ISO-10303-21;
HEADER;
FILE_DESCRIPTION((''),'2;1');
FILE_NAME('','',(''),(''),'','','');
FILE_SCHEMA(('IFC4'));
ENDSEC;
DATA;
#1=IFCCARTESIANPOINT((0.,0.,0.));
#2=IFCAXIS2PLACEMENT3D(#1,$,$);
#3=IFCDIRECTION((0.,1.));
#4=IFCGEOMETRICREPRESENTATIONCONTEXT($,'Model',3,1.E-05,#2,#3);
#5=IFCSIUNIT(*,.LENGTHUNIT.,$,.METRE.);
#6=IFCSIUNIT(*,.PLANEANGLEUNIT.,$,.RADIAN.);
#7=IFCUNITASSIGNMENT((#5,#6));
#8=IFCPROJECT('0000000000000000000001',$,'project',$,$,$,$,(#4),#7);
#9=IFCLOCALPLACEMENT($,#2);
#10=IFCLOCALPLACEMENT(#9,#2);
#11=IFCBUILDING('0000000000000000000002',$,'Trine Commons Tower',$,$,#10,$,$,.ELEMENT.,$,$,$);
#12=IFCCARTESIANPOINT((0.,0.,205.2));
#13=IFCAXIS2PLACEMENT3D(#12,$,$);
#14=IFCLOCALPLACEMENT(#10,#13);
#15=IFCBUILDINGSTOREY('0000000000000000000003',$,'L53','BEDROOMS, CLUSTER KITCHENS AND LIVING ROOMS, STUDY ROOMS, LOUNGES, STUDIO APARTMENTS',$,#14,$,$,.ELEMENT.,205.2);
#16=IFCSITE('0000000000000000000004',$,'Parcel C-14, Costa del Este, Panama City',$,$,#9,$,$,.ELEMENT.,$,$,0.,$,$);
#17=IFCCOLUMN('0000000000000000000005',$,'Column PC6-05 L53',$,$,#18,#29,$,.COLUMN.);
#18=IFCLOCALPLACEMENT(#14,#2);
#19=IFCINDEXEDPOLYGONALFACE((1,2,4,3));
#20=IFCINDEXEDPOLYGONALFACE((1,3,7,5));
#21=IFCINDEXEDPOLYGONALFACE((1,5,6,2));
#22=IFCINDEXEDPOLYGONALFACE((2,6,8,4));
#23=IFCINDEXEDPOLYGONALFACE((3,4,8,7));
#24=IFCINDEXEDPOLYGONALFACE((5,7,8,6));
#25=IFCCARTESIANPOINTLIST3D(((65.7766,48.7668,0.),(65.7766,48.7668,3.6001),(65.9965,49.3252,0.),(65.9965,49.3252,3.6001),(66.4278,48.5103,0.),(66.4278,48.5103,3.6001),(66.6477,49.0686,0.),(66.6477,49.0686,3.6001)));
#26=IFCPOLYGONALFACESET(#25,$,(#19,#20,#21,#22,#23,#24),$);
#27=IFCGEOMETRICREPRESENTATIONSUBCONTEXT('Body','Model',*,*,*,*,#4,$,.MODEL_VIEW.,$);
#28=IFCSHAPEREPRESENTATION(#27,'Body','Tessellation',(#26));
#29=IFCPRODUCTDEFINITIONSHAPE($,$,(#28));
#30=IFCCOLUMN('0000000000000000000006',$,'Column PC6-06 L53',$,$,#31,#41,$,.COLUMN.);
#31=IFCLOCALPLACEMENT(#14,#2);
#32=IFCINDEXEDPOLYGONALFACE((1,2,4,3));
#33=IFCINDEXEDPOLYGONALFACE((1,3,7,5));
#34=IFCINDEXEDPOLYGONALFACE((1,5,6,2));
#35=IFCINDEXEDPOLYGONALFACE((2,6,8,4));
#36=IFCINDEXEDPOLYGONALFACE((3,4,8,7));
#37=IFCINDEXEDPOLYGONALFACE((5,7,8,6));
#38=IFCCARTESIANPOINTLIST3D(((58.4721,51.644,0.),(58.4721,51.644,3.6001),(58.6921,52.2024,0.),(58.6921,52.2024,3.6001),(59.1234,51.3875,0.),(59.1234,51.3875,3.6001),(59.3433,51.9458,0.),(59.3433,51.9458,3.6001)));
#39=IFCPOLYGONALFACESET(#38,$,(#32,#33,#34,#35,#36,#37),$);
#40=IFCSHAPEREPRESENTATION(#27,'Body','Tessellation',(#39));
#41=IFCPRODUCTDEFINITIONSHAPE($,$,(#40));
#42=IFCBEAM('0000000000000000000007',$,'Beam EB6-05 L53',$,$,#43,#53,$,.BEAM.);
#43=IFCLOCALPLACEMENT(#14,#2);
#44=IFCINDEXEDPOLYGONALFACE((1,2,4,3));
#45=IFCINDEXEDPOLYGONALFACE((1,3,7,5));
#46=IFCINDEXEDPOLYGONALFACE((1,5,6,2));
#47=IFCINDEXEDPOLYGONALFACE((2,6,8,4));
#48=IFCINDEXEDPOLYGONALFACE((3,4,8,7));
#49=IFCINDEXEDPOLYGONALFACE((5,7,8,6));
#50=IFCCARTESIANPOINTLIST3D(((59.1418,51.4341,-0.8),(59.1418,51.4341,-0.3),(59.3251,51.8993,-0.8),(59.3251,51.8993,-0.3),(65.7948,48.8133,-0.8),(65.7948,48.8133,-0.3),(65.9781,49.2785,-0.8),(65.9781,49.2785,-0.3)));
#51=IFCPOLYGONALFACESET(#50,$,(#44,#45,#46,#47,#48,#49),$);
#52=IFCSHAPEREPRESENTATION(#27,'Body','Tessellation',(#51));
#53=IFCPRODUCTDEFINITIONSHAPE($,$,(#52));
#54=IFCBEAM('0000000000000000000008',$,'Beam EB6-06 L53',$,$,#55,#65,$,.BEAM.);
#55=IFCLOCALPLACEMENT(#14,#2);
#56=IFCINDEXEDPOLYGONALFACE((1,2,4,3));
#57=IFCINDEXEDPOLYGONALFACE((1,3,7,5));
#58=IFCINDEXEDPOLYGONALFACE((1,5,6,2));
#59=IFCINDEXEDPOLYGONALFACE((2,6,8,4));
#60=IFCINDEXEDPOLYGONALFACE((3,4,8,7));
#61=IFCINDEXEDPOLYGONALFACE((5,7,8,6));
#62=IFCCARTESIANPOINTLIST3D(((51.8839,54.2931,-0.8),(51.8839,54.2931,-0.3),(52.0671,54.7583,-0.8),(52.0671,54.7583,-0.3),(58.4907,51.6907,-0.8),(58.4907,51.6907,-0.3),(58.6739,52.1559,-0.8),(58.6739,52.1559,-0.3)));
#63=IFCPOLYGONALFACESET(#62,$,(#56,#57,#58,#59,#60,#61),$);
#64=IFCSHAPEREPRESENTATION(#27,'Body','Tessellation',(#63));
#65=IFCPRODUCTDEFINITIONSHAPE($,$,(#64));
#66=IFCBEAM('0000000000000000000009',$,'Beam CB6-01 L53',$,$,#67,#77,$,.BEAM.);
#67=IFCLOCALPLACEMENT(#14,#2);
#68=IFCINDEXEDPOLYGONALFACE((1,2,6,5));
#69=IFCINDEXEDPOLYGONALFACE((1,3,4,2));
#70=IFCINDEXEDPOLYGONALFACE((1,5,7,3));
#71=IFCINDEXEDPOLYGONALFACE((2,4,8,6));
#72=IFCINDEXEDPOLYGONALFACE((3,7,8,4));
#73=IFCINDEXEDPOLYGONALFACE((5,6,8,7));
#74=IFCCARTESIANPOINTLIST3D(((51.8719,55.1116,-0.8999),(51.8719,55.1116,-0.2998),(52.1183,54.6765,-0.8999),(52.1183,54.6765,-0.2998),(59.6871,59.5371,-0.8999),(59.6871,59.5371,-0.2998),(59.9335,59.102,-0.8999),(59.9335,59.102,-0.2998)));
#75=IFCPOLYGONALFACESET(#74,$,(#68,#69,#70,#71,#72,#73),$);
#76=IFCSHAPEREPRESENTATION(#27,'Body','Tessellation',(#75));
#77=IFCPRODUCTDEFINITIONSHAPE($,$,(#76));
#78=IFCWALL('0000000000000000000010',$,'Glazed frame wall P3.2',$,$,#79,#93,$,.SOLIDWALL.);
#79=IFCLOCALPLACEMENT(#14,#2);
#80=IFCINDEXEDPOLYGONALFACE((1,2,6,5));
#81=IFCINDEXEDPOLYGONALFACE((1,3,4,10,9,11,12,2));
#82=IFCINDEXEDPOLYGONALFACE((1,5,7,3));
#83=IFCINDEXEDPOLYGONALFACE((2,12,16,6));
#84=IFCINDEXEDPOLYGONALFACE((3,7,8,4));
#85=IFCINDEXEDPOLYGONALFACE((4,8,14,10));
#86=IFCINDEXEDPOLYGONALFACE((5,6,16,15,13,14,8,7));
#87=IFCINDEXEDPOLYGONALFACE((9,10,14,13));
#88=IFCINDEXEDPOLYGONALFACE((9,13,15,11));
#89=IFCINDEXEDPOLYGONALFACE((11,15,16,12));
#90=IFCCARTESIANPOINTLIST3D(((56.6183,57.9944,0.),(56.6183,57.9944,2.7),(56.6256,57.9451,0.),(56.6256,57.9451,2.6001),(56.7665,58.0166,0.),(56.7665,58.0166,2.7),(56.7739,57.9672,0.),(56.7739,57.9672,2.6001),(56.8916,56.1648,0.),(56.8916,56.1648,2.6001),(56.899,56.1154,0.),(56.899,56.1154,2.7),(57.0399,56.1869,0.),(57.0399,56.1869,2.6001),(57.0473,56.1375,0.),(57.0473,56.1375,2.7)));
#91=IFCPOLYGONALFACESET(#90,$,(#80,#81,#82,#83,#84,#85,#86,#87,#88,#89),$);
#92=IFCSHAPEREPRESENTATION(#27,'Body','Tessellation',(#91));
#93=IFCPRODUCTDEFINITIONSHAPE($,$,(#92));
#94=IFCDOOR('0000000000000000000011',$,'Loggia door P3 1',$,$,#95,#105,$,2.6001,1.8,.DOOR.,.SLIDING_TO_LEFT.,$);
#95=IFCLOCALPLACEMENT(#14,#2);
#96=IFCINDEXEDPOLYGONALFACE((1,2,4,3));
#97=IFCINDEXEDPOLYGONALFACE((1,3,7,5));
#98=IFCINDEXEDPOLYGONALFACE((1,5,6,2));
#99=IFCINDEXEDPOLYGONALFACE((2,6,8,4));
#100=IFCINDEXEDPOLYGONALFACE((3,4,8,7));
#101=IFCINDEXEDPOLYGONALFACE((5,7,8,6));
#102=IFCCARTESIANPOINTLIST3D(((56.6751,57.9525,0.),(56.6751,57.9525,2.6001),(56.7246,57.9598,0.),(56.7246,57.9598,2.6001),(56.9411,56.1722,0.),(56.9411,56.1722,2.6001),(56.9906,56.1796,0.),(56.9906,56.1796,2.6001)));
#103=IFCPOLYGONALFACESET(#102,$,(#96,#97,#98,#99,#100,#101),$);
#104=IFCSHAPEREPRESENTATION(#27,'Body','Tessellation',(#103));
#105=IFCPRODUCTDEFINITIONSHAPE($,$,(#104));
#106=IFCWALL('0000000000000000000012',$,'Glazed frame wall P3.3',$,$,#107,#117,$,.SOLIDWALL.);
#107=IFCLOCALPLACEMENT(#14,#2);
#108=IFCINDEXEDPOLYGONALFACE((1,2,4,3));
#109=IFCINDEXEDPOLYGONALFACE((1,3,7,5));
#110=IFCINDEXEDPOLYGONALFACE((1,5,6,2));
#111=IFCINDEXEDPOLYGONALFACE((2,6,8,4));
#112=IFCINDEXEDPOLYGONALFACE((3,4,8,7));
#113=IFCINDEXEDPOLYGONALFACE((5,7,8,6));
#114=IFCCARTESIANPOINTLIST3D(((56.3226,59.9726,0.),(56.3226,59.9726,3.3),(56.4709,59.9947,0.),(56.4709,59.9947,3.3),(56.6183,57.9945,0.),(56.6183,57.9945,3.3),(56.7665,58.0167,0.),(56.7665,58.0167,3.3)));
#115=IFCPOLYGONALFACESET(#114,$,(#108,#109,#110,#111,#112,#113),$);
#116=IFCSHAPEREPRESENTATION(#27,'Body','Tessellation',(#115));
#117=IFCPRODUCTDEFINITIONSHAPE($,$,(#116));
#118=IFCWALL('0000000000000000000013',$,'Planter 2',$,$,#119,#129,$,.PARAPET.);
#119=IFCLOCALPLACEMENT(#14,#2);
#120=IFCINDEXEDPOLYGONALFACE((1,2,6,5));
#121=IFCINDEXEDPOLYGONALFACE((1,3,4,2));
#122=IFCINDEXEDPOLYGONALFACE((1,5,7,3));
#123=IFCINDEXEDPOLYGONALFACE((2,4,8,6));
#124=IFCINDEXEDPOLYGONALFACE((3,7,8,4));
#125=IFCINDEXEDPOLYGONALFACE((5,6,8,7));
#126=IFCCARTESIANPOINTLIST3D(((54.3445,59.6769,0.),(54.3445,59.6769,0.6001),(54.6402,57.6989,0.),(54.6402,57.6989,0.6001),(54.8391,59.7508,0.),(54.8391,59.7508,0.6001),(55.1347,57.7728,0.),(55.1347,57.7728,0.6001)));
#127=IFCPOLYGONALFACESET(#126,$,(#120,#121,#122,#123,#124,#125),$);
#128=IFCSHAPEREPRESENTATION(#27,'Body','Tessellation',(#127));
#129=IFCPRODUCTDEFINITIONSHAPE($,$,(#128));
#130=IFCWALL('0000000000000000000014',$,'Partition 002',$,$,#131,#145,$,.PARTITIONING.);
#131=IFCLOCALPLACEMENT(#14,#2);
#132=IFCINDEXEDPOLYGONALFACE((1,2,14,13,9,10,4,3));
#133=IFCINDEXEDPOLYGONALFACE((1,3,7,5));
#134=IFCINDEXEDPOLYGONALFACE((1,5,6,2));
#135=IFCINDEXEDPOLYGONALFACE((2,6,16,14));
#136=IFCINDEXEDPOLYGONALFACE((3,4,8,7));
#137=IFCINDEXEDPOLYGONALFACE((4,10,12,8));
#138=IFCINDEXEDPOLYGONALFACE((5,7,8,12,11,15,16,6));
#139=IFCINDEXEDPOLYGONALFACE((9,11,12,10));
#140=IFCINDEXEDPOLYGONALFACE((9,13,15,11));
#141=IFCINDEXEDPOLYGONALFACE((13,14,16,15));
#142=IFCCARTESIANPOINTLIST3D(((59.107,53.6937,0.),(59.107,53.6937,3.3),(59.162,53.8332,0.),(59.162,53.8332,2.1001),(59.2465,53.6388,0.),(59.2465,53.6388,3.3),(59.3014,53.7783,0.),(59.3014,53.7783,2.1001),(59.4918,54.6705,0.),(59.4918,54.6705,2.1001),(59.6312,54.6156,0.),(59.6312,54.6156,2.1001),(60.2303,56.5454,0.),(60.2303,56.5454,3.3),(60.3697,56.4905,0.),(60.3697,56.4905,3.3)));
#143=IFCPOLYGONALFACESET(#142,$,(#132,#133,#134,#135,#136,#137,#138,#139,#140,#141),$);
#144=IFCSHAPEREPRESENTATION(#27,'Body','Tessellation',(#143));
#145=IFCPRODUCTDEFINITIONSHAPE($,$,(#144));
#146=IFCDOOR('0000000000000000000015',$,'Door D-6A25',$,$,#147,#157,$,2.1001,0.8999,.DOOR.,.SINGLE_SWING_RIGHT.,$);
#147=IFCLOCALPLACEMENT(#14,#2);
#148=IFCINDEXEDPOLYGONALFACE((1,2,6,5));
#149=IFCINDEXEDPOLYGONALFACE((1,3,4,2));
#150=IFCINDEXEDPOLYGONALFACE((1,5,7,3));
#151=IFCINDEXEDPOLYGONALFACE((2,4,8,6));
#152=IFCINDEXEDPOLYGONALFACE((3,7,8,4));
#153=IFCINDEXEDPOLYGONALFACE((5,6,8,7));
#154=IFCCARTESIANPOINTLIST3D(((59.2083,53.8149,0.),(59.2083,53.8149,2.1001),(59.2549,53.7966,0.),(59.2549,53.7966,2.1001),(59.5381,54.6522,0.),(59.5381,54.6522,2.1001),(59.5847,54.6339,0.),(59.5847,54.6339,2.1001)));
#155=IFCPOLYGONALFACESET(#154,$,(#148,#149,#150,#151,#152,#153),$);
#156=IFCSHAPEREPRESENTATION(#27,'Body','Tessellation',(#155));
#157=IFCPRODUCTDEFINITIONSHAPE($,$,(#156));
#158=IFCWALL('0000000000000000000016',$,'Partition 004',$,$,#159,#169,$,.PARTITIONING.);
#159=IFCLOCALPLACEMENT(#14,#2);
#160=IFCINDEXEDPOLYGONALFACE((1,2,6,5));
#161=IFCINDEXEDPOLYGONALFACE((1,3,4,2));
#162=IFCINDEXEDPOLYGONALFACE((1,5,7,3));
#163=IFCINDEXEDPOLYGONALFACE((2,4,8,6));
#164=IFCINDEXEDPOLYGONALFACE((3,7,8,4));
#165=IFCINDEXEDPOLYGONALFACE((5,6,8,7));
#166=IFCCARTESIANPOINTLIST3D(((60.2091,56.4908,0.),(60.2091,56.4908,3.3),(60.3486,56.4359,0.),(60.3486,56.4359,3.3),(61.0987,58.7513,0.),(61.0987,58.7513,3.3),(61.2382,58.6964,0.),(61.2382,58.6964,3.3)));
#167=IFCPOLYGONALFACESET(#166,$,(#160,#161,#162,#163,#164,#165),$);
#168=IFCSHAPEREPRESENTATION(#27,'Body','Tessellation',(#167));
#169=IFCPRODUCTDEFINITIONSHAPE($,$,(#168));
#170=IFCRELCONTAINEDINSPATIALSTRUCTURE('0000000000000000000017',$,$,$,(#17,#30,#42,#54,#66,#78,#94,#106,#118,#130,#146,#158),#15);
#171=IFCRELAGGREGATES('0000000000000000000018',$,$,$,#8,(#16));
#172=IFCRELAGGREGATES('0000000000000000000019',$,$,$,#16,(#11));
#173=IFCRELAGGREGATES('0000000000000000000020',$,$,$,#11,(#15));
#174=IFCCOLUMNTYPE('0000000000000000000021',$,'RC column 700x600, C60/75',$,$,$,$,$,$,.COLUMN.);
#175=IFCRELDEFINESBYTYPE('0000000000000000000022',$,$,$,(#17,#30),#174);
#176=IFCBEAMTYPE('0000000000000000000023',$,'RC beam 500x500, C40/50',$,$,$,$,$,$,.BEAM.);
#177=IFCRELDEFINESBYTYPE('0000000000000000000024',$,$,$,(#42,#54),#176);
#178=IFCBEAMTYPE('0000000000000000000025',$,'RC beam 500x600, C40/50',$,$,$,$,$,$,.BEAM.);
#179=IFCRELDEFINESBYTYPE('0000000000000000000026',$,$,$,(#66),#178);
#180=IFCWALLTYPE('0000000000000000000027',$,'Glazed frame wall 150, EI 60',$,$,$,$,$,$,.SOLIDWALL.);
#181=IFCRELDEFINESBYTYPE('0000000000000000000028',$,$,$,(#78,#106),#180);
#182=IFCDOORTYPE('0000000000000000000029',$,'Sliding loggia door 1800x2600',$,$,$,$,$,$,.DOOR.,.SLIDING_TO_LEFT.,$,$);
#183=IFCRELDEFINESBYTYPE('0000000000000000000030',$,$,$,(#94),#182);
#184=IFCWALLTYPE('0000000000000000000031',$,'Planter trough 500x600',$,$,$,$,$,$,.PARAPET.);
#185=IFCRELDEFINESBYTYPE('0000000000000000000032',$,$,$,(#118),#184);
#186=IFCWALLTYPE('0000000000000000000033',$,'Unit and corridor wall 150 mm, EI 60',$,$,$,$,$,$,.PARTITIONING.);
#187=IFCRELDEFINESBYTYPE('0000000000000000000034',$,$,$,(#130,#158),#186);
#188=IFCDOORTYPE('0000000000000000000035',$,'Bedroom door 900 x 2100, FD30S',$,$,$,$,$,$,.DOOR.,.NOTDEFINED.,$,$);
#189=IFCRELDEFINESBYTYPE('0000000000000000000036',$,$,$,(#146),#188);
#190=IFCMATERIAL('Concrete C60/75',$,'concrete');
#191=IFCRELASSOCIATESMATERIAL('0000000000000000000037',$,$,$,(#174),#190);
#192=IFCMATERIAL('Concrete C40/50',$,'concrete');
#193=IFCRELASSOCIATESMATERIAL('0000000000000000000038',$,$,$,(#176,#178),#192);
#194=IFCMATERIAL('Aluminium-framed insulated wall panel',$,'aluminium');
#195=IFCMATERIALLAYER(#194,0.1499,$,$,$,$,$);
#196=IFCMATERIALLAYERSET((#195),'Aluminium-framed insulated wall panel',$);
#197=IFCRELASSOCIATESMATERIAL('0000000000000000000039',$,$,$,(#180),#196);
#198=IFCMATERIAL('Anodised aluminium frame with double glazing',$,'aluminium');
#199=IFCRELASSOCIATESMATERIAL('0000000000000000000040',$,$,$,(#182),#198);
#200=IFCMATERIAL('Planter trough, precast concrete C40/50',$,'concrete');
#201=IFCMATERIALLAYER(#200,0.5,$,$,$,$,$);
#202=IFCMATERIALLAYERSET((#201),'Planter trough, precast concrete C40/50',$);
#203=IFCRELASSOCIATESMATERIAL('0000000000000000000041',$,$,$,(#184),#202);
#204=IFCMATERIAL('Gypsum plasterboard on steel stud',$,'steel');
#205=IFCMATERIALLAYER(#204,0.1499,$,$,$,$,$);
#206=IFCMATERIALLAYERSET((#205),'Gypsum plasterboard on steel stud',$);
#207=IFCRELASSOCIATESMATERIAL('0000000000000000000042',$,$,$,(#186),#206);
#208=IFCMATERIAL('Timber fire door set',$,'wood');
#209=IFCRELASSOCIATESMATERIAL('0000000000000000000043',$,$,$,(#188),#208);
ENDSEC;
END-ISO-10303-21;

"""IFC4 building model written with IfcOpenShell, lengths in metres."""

from ifc_helpers import new_model, si_unit, direction, frame, frame_2d, origin, origin_2d, place, context, subcontext, project, spatial, polyline, rectangle, outline, extrude, material, layer, layer_set, material_profile, profile_set, type_object, element, fill, save


model = new_model("IFC4")

# Units and contexts
model_context = context("Model", 3, precision=1e-05, world=origin(), true_north=direction((0.0, 1.0)))
body_context = subcontext(model_context, "Body", "Model", "MODEL_VIEW")
ifc_project = project(units=[si_unit("LENGTHUNIT", "METRE"), si_unit("PLANEANGLEUNIT", "RADIAN")], contexts=[model_context])

# Site, building, storey
site_placement = place(None, origin())
site = spatial("IfcSite", under=ifc_project, at=site_placement, Name="Parcel C-14, Costa del Este, Panama City", CompositionType="ELEMENT", RefElevation=0.0)
building_placement = place(site_placement, origin())
building = spatial("IfcBuilding", under=site, at=building_placement, Name="Trine Commons Tower", CompositionType="ELEMENT")
storey_placement = place(building_placement, frame((0.0, 0.0, 205.2)))
storey = spatial("IfcBuildingStorey", under=building, at=storey_placement, Name="L53", Description="BEDROOMS, CLUSTER KITCHENS AND LIVING ROOMS, STUDY ROOMS, LOUNGES, STUDIO APARTMENTS", CompositionType="ELEMENT", Elevation=205.2)

# Columns
ifc_material_1 = material(Name="Concrete C60/75", Category="concrete")
ifc_material_profile_1 = material_profile(ifc_material_1, rectangle(XDim=0.7, YDim=0.6001, at=origin_2d()), Name="RC 700x600")
ifc_profile_set_1 = profile_set([ifc_material_profile_1], Name="Concrete C60/75")
column_type = type_object("IfcColumnType", Name="RC column 700x600, C60/75", PredefinedType="COLUMN", material=ifc_profile_set_1)
for number, where, z_axis, x_axis, name in (
    (1, (66.2122, 48.9177, 0.0), (0.0, 0.0, 1.0), (-0.930418, 0.366501, 0.0), "Column PC6-05 L53"),
    (2, (58.9077, 51.7949, 0.0), (0.0, 0.0, 1.0), (-0.930418, 0.366501, 0.0), "Column PC6-06 L53"),
):
    element("IfcColumn", number, at=place(storey_placement, frame(where, z_axis=z_axis, x_axis=x_axis)), inside=storey, type_object=column_type, Name=name, PredefinedType="COLUMN", context=body_context, shape_type="SweptSolid", body=[
        extrude(rectangle(XDim=0.7, YDim=0.6001, at=origin_2d()), origin(), (0.0, 0.0, 1.0), 3.6001),
    ])

# Beams
ifc_material_2 = material(Name="Concrete C40/50", Category="concrete")
ifc_material_profile_2 = material_profile(ifc_material_2, rectangle(XDim=0.5, YDim=0.5, at=origin_2d()), Name="RC 500x500")
ifc_profile_set_2 = profile_set([ifc_material_profile_2], Name="Concrete C40/50")
beam_type_1 = type_object("IfcBeamType", Name="RC beam 500x500, C40/50", PredefinedType="BEAM", material=ifc_profile_set_2)
beam_1_placement = place(storey_placement, frame((65.8865, 49.0459, -0.55), z_axis=(-0.930411, 0.366517, 0.0), x_axis=(-0.366517, -0.930411, 0.0)))
element("IfcBeam", 3, at=beam_1_placement, inside=storey, type_object=beam_type_1, Name="Beam EB6-05 L53", PredefinedType="BEAM", context=body_context, shape_type="SweptSolid", body=[
    extrude(rectangle(XDim=0.5, YDim=0.5, at=origin_2d()), origin(), (0.0, 0.0, 1.0), 7.1506),
])
beam_2_placement = place(storey_placement, frame((58.5823, 51.9233, -0.55), z_axis=(-0.930425, 0.366483, 0.0), x_axis=(-0.366483, -0.930425, 0.0)))
element("IfcBeam", 4, at=beam_2_placement, inside=storey, type_object=beam_type_1, Name="Beam EB6-06 L53", PredefinedType="BEAM", context=body_context, shape_type="SweptSolid", body=[
    extrude(rectangle(XDim=0.5, YDim=0.5, at=origin_2d()), origin(), (0.0, 0.0, 1.0), 7.1008),
])
ifc_material_profile_3 = material_profile(ifc_material_2, rectangle(XDim=0.5, YDim=0.6001, at=origin_2d()), Name="RC 500x600")
ifc_profile_set_3 = profile_set([ifc_material_profile_3], Name="Concrete C40/50")
beam_type_2 = type_object("IfcBeamType", Name="RC beam 500x600, C40/50", PredefinedType="BEAM", material=ifc_profile_set_3)
beam_3_placement = place(storey_placement, frame((51.9951, 54.894, -0.5999), z_axis=(0.870169, 0.492754, 0.0), x_axis=(-0.492754, 0.870169, 0.0)))
element("IfcBeam", 5, at=beam_3_placement, inside=storey, type_object=beam_type_2, Name="Beam CB6-01 L53", PredefinedType="BEAM", context=body_context, shape_type="SweptSolid", body=[
    extrude(rectangle(XDim=0.5, YDim=0.6001, at=origin_2d()), origin(), (0.0, 0.0, 1.0), 8.9812),
])

# Shared definitions
ifc_material_3 = material(Name="Aluminium-framed insulated wall panel", Category="aluminium")
ifc_layer_1 = layer(ifc_material_3, 0.1499)
ifc_layer_set_1 = layer_set([ifc_layer_1], Name="Aluminium-framed insulated wall panel")
wall_type_1 = type_object("IfcWallType", Name="Glazed frame wall 150, EI 60", PredefinedType="SOLIDWALL", material=ifc_layer_set_1)

# Wall, opening, door
wall_1_placement = place(storey_placement, frame((56.9731, 56.1265, 0.0), z_axis=(0.0, 0.0, 1.0), x_axis=(-0.147769, 0.989022, 0.0)))
wall_1 = element("IfcWall", 6, at=wall_1_placement, inside=storey, type_object=wall_type_1, Name="Glazed frame wall P3.2", PredefinedType="SOLIDWALL", context=body_context, shape_type="SweptSolid", body=[
    extrude(outline(polyline([(0.0, -0.075), (1.8999, -0.075), (1.8999, 0.075), (0.0, 0.075), (0.0, -0.075)])), origin(), (0.0, 0.0, 1.0), 2.7),
])
opening_1_placement = place(wall_1_placement, frame((0.05, 0.0, 0.0)))
opening_1 = element("IfcOpeningElement", 7, at=opening_1_placement, cuts=wall_1, PredefinedType="OPENING", context=body_context, shape_type="SweptSolid", body=[
    extrude(rectangle(XDim=1.8, YDim=2.6001, at=frame_2d((0.8999, 1.3))), frame((0.0, 0.085, 0.0), z_axis=(0.0, -1.0, 0.0), x_axis=(1.0, 0.0, 0.0)), (0.0, 0.0, 1.0), 0.1699),
])
ifc_material_4 = material(Name="Anodised aluminium frame with double glazing", Category="aluminium")
door_type_1 = type_object("IfcDoorType", Name="Sliding loggia door 1800x2600", OperationType="SLIDING_TO_LEFT", PredefinedType="DOOR", material=ifc_material_4)
door_1_placement = place(opening_1_placement, origin())
door_1 = element("IfcDoor", 8, at=door_1_placement, inside=storey, type_object=door_type_1, Name="Loggia door P3 1", OperationType="SLIDING_TO_LEFT", OverallHeight=2.6001, OverallWidth=1.8, PredefinedType="DOOR", context=body_context, shape_type="SweptSolid", body=[
    extrude(rectangle(XDim=1.8, YDim=2.6001, at=frame_2d((0.8999, 1.3))), frame((0.0, 0.0249, 0.0), z_axis=(0.0, -1.0, 0.0), x_axis=(1.0, 0.0, 0.0)), (0.0, 0.0, 1.0), 0.05),
])
fill(opening_1, door_1)

# Walls
wall_2_placement = place(storey_placement, frame((56.6924, 58.0056, 0.0), z_axis=(0.0, 0.0, 1.0), x_axis=(-0.147827, 0.989013, 0.0)))
element("IfcWall", 9, at=wall_2_placement, inside=storey, type_object=wall_type_1, Name="Glazed frame wall P3.3", PredefinedType="SOLIDWALL", context=body_context, shape_type="SweptSolid", body=[
    extrude(outline(polyline([(0.0, -0.075), (2.0, -0.075), (2.0, 0.075), (0.0, 0.075), (0.0, -0.075)])), origin(), (0.0, 0.0, 1.0), 3.3),
])
ifc_material_5 = material(Name="Planter trough, precast concrete C40/50", Category="concrete")
ifc_layer_2 = layer(ifc_material_5, 0.5)
ifc_layer_set_2 = layer_set([ifc_layer_2], Name="Planter trough, precast concrete C40/50")
wall_type_2 = type_object("IfcWallType", Name="Planter trough 500x600", PredefinedType="PARAPET", material=ifc_layer_set_2)
wall_3_placement = place(storey_placement, frame((54.8875, 57.7358, 0.0), z_axis=(0.0, 0.0, 1.0), x_axis=(-0.147827, 0.989013, 0.0)))
element("IfcWall", 10, at=wall_3_placement, inside=storey, type_object=wall_type_2, Name="Planter 2", PredefinedType="PARAPET", context=body_context, shape_type="SweptSolid", body=[
    extrude(rectangle(XDim=2.0, YDim=0.5, at=frame_2d((1.0, 0.0))), origin(), (0.0, 0.0, 1.0), 0.6001),
])

# Wall, opening, door
ifc_material_6 = material(Name="Gypsum plasterboard on steel stud", Category="steel")
ifc_layer_3 = layer(ifc_material_6, 0.1499)
ifc_layer_set_3 = layer_set([ifc_layer_3], Name="Gypsum plasterboard on steel stud")
wall_type_3 = type_object("IfcWallType", Name="Unit and corridor wall 150 mm, EI 60", PredefinedType="PARTITIONING", material=ifc_layer_set_3)
wall_4_placement = place(storey_placement, frame((59.1768, 53.6663, 0.0), z_axis=(0.0, 0.0, 1.0), x_axis=(0.366483, 0.930425, 0.0)))
wall_4 = element("IfcWall", 11, at=wall_4_placement, inside=storey, type_object=wall_type_3, Name="Partition 002", PredefinedType="PARTITIONING", context=body_context, shape_type="SweptSolid", body=[
    extrude(rectangle(XDim=3.0649, YDim=0.1499, at=frame_2d((1.5325, 0.0))), origin(), (0.0, 0.0, 1.0), 3.3),
])
opening_2_placement = place(wall_4_placement, frame((0.1499, 0.0, 0.0)))
opening_2 = element("IfcOpeningElement", 12, at=opening_2_placement, cuts=wall_4, PredefinedType="OPENING", context=body_context, shape_type="SweptSolid", body=[
    extrude(rectangle(XDim=0.8999, YDim=2.1001, at=frame_2d((0.45, 1.05))), frame((0.0, 0.085, 0.0), z_axis=(0.0, -1.0, 0.0), x_axis=(1.0, 0.0, 0.0)), (0.0, 0.0, 1.0), 0.1699),
])
ifc_material_7 = material(Name="Timber fire door set", Category="wood")
door_type_2 = type_object("IfcDoorType", Name="Bedroom door 900 x 2100, FD30S", OperationType="NOTDEFINED", PredefinedType="DOOR", material=ifc_material_7)
door_2_placement = place(opening_2_placement, frame((0.8999, 0.0, 0.0), z_axis=(0.0, 0.0, 1.0), x_axis=(-1.0, 0.0, 0.0)))
door_2 = element("IfcDoor", 13, at=door_2_placement, inside=storey, type_object=door_type_2, Name="Door D-6A25", OperationType="SINGLE_SWING_RIGHT", OverallHeight=2.1001, OverallWidth=0.8999, PredefinedType="DOOR", context=body_context, shape_type="SweptSolid", body=[
    extrude(rectangle(XDim=0.8999, YDim=2.1001, at=frame_2d((0.45, 1.05))), frame((0.0, 0.0249, 0.0), z_axis=(0.0, -1.0, 0.0), x_axis=(1.0, 0.0, 0.0)), (0.0, 0.0, 1.0), 0.05),
])
fill(opening_2, door_2)

# Wall
wall_5_placement = place(storey_placement, frame((60.2788, 56.4634, 0.0), z_axis=(0.0, 0.0, 1.0), x_axis=(0.366221, 0.930528, 0.0)))
element("IfcWall", 14, at=wall_5_placement, inside=storey, type_object=wall_type_3, Name="Partition 004", PredefinedType="PARTITIONING", context=body_context, shape_type="SweptSolid", body=[
    extrude(rectangle(XDim=2.4292, YDim=0.1499, at=frame_2d((1.2146, 0.0))), origin(), (0.0, 0.0, 1.0), 3.3),
])

save(model, "model.ifc")
